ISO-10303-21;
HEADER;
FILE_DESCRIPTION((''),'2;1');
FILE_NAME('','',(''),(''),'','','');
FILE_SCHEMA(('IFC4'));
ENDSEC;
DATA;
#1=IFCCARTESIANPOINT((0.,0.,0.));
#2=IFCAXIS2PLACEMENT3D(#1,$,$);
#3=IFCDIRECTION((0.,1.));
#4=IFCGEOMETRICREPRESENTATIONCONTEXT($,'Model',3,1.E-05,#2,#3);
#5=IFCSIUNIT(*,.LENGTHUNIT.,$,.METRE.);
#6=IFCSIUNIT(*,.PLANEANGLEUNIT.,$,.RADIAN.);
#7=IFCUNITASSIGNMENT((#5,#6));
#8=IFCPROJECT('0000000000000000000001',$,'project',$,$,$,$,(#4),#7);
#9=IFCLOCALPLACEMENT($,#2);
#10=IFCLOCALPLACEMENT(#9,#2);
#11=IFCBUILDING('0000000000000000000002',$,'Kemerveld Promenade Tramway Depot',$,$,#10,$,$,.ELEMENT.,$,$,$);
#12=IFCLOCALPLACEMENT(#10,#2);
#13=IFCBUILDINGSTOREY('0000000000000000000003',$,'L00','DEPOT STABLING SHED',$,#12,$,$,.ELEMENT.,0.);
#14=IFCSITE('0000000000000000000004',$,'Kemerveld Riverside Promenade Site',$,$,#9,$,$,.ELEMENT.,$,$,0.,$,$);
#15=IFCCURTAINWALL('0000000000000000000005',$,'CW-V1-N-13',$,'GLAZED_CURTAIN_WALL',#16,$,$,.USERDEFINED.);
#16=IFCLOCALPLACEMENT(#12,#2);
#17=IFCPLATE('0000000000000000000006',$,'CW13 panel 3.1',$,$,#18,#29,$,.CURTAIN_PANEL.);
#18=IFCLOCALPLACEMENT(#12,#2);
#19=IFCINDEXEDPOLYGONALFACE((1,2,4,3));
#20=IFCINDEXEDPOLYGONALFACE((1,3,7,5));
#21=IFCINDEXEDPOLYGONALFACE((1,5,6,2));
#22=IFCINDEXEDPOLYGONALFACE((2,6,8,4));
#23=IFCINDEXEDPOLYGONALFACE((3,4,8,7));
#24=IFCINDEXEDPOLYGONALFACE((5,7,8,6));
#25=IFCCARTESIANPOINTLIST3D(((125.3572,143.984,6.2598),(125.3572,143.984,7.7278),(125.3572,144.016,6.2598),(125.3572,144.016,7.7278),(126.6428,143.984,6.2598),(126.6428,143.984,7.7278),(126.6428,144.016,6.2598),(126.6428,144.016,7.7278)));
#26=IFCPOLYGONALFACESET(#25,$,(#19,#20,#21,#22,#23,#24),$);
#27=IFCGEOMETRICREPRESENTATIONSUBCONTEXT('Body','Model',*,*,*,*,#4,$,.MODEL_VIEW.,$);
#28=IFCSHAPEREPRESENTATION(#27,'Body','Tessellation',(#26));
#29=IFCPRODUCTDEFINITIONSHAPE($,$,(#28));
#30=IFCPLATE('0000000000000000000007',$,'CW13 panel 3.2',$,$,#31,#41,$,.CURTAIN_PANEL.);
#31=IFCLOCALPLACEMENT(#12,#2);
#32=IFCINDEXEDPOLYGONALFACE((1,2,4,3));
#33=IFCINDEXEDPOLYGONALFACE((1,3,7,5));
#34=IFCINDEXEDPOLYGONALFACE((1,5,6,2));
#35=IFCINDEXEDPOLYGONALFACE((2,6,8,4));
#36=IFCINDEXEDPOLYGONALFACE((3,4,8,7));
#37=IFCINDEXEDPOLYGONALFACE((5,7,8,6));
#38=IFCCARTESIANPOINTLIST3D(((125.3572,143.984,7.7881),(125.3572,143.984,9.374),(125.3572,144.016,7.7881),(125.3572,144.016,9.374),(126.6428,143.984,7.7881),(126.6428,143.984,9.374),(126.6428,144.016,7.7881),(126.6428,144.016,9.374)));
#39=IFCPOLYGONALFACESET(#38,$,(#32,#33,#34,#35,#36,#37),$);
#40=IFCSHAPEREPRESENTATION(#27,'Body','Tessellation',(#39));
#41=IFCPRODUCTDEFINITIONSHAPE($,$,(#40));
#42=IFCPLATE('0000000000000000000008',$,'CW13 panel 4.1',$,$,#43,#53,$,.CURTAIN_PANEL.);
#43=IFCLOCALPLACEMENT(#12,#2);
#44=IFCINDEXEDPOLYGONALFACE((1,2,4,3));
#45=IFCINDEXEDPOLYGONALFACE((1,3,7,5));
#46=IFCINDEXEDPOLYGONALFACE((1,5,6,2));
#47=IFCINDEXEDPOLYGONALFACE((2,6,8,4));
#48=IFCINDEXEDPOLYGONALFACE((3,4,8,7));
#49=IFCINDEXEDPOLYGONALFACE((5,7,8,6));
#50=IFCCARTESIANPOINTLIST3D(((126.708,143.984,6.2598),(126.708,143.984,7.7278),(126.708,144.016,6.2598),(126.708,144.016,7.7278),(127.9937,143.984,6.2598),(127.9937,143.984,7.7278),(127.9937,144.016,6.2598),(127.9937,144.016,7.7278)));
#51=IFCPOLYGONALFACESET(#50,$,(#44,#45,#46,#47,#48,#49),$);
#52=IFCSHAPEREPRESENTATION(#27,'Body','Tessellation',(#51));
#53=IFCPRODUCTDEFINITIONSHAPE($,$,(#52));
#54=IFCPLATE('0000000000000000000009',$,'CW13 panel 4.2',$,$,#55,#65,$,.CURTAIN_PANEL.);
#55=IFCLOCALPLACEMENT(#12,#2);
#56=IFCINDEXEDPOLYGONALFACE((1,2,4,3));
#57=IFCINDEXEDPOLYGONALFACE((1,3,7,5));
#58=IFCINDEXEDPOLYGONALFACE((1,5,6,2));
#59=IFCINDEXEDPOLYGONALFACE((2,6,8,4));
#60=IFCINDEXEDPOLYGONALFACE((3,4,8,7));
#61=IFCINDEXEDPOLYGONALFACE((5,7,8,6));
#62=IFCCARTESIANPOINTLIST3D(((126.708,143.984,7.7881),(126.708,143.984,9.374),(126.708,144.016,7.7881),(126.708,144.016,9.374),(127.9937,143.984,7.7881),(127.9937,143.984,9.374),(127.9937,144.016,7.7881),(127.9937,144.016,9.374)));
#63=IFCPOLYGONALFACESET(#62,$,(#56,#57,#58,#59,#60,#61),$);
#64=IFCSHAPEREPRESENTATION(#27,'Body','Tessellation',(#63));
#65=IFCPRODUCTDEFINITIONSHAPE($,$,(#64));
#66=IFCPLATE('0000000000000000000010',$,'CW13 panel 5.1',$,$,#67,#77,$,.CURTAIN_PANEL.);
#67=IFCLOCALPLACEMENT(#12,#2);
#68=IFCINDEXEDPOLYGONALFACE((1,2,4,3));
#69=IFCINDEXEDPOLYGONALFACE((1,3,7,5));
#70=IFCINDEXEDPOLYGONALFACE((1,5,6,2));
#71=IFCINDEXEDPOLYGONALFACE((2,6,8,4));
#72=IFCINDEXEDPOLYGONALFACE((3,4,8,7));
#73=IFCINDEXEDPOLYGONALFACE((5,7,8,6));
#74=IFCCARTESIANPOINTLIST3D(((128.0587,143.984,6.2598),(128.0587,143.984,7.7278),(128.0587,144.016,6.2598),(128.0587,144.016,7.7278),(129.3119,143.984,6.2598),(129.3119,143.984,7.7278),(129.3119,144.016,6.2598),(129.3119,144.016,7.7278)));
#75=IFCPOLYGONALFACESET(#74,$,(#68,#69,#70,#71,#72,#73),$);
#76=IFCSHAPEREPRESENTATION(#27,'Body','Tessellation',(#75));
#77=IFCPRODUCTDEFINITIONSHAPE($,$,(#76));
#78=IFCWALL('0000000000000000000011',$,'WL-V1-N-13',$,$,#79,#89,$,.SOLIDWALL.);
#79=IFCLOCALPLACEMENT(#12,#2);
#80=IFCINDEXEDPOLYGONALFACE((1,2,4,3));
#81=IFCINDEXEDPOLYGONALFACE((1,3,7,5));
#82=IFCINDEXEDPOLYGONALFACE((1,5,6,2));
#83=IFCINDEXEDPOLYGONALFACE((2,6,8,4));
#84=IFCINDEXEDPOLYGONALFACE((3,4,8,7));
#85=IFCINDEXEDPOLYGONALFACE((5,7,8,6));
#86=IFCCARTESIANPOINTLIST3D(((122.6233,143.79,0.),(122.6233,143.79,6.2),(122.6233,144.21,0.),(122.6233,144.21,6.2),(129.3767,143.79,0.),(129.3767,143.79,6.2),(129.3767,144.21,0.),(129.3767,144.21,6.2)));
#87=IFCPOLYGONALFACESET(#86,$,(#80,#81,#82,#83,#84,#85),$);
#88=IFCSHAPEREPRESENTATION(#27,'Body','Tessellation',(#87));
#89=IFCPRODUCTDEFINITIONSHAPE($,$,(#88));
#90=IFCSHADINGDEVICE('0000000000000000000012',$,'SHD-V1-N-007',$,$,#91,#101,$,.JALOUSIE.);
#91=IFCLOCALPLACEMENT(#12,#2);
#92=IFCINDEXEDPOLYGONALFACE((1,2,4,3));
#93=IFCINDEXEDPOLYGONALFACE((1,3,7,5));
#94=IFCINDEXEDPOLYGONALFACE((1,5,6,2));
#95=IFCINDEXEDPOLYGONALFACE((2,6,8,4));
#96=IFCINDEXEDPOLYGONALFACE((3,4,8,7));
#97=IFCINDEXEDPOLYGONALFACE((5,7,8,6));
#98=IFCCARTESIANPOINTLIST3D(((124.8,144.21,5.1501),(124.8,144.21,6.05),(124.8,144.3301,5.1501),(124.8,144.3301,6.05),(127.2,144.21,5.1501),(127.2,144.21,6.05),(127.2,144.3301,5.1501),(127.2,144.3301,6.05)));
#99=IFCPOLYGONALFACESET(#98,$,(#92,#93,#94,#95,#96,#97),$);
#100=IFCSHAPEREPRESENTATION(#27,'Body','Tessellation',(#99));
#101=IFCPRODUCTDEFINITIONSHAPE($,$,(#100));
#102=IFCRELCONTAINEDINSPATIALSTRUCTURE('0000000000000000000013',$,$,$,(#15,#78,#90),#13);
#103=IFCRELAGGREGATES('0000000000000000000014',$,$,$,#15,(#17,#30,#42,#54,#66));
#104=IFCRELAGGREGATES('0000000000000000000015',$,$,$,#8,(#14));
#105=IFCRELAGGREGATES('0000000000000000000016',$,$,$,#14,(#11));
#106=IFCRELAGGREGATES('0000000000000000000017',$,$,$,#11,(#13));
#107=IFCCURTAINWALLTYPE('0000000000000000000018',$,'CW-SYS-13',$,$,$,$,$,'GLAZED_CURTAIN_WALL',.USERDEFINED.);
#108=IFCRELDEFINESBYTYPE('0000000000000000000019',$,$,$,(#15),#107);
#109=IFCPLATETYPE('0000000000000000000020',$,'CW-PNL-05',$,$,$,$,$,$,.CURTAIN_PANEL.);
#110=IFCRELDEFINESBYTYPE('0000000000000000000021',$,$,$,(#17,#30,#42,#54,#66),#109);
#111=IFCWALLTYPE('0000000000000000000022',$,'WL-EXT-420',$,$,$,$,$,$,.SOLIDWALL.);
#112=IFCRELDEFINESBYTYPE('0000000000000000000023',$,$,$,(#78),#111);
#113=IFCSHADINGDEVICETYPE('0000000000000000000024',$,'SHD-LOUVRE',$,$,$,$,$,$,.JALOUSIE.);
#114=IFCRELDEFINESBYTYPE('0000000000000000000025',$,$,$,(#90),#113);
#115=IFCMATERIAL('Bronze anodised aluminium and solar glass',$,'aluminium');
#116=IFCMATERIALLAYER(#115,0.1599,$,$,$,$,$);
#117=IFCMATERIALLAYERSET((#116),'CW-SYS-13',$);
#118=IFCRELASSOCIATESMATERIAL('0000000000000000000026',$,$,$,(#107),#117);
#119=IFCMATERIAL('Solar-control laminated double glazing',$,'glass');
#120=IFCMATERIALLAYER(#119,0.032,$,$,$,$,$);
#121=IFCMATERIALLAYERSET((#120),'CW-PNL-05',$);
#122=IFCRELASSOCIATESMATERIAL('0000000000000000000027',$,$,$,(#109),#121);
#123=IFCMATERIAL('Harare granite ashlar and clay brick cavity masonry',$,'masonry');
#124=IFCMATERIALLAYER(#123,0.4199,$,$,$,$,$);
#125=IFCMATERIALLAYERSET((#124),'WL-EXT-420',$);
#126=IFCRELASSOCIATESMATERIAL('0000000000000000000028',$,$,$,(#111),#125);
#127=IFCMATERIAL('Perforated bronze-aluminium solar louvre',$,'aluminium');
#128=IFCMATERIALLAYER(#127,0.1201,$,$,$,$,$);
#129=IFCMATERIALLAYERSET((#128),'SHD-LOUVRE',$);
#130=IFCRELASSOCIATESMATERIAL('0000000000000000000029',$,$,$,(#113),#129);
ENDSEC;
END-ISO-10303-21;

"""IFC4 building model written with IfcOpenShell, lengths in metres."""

from ifc_helpers import new_model, si_unit, direction, frame, frame_2d, origin, origin_2d, place, context, subcontext, project, spatial, rectangle, extrude, material, layer, layer_set, type_object, element, aggregate, save


model = new_model("IFC4")

# Units and contexts
model_context = context("Model", 3, precision=1e-05, world=origin(), true_north=direction((0.0, 1.0)))
body_context = subcontext(model_context, "Body", "Model", "MODEL_VIEW")
ifc_project = project(units=[si_unit("LENGTHUNIT", "METRE"), si_unit("PLANEANGLEUNIT", "RADIAN")], contexts=[model_context])

# Site, building, storey
site_placement = place(None, origin())
site = spatial("IfcSite", under=ifc_project, at=site_placement, Name="Kemerveld Riverside Promenade Site", CompositionType="ELEMENT", RefElevation=0.0)
building_placement = place(site_placement, origin())
building = spatial("IfcBuilding", under=site, at=building_placement, Name="Kemerveld Promenade Tramway Depot", CompositionType="ELEMENT")
storey_placement = place(building_placement, origin())
storey = spatial("IfcBuildingStorey", under=building, at=storey_placement, Name="L00", Description="DEPOT STABLING SHED", CompositionType="ELEMENT", Elevation=0.0)

# Curtain wall, plates
ifc_material_1 = material(Name="Bronze anodised aluminium and solar glass", Category="aluminium")
ifc_layer_1 = layer(ifc_material_1, 0.1599)
ifc_layer_set_1 = layer_set([ifc_layer_1], Name="CW-SYS-13")
curtain_wall_type = type_object("IfcCurtainWallType", Name="CW-SYS-13", ElementType="GLAZED_CURTAIN_WALL", PredefinedType="USERDEFINED", material=ifc_layer_set_1)
curtain_wall_placement = place(storey_placement, origin())
curtain_wall = element("IfcCurtainWall", 1, at=curtain_wall_placement, inside=storey, type_object=curtain_wall_type, Name="CW-V1-N-13", ObjectType="GLAZED_CURTAIN_WALL", PredefinedType="USERDEFINED")
ifc_material_2 = material(Name="Solar-control laminated double glazing", Category="glass")
ifc_layer_2 = layer(ifc_material_2, 0.032)
ifc_layer_set_2 = layer_set([ifc_layer_2], Name="CW-PNL-05")
plate_type = type_object("IfcPlateType", Name="CW-PNL-05", PredefinedType="CURTAIN_PANEL", material=ifc_layer_set_2)
plate_1_placement = place(storey_placement, frame((126.0, 144.0, 6.2598), z_axis=(0.0, 0.0, 1.0), x_axis=(1.0, 0.0, 0.0)))
plate_1 = element("IfcPlate", 2, at=plate_1_placement, type_object=plate_type, Name="CW13 panel 3.1", PredefinedType="CURTAIN_PANEL", context=body_context, shape_type="SweptSolid", body=[
    extrude(rectangle(XDim=1.2856, YDim=0.032, at=origin_2d()), origin(), (0.0, 0.0, 1.0), 1.468),
])
plate_2_placement = place(storey_placement, frame((126.0, 144.0, 7.7881), z_axis=(0.0, 0.0, 1.0), x_axis=(1.0, 0.0, 0.0)))
plate_2 = element("IfcPlate", 3, at=plate_2_placement, type_object=plate_type, Name="CW13 panel 3.2", PredefinedType="CURTAIN_PANEL", context=body_context, shape_type="SweptSolid", body=[
    extrude(rectangle(XDim=1.2856, YDim=0.032, at=origin_2d()), origin(), (0.0, 0.0, 1.0), 1.5859),
])
plate_3_placement = place(storey_placement, frame((127.3508, 144.0, 6.2598), z_axis=(0.0, 0.0, 1.0), x_axis=(1.0, 0.0, 0.0)))
plate_3 = element("IfcPlate", 4, at=plate_3_placement, type_object=plate_type, Name="CW13 panel 4.1", PredefinedType="CURTAIN_PANEL", context=body_context, shape_type="SweptSolid", body=[
    extrude(rectangle(XDim=1.2856, YDim=0.032, at=origin_2d()), origin(), (0.0, 0.0, 1.0), 1.468),
])
plate_4_placement = place(storey_placement, frame((127.3508, 144.0, 7.7881), z_axis=(0.0, 0.0, 1.0), x_axis=(1.0, 0.0, 0.0)))
plate_4 = element("IfcPlate", 5, at=plate_4_placement, type_object=plate_type, Name="CW13 panel 4.2", PredefinedType="CURTAIN_PANEL", context=body_context, shape_type="SweptSolid", body=[
    extrude(rectangle(XDim=1.2856, YDim=0.032, at=origin_2d()), origin(), (0.0, 0.0, 1.0), 1.5859),
])
plate_5_placement = place(storey_placement, frame((128.6853, 144.0, 6.2598), z_axis=(0.0, 0.0, 1.0), x_axis=(1.0, 0.0, 0.0)))
plate_5 = element("IfcPlate", 6, at=plate_5_placement, type_object=plate_type, Name="CW13 panel 5.1", PredefinedType="CURTAIN_PANEL", context=body_context, shape_type="SweptSolid", body=[
    extrude(rectangle(XDim=1.2532, YDim=0.032, at=origin_2d()), origin(), (0.0, 0.0, 1.0), 1.468),
])
aggregate(curtain_wall, [plate_1, plate_2, plate_3, plate_4, plate_5])

# Wall
ifc_material_3 = material(Name="Harare granite ashlar and clay brick cavity masonry", Category="masonry")
ifc_layer_3 = layer(ifc_material_3, 0.4199)
ifc_layer_set_3 = layer_set([ifc_layer_3], Name="WL-EXT-420")
wall_type = type_object("IfcWallType", Name="WL-EXT-420", PredefinedType="SOLIDWALL", material=ifc_layer_set_3)
wall_placement = place(storey_placement, frame((122.6233, 144.0, 0.0), z_axis=(0.0, 0.0, 1.0), x_axis=(1.0, 0.0, 0.0)))
element("IfcWall", 7, at=wall_placement, inside=storey, type_object=wall_type, Name="WL-V1-N-13", PredefinedType="SOLIDWALL", context=body_context, shape_type="SweptSolid", body=[
    extrude(rectangle(XDim=6.7534, YDim=0.4199, at=frame_2d((3.3767, 0.0))), origin(), (0.0, 0.0, 1.0), 6.2),
])

# Shading device
ifc_material_4 = material(Name="Perforated bronze-aluminium solar louvre", Category="aluminium")
ifc_layer_4 = layer(ifc_material_4, 0.1201)
ifc_layer_set_4 = layer_set([ifc_layer_4], Name="SHD-LOUVRE")
shading_device_type = type_object("IfcShadingDeviceType", Name="SHD-LOUVRE", PredefinedType="JALOUSIE", material=ifc_layer_set_4)
shading_device_placement = place(storey_placement, frame((126.0, 144.27, 5.1501), z_axis=(0.0, 0.0, 1.0), x_axis=(1.0, 0.0, 0.0)))
element("IfcShadingDevice", 8, at=shading_device_placement, inside=storey, type_object=shading_device_type, Name="SHD-V1-N-007", PredefinedType="JALOUSIE", context=body_context, shape_type="SweptSolid", body=[
    extrude(rectangle(XDim=2.3999, YDim=0.1201, at=origin_2d()), origin(), (0.0, 0.0, 1.0), 0.8999),
])

save(model, "model.ifc")
